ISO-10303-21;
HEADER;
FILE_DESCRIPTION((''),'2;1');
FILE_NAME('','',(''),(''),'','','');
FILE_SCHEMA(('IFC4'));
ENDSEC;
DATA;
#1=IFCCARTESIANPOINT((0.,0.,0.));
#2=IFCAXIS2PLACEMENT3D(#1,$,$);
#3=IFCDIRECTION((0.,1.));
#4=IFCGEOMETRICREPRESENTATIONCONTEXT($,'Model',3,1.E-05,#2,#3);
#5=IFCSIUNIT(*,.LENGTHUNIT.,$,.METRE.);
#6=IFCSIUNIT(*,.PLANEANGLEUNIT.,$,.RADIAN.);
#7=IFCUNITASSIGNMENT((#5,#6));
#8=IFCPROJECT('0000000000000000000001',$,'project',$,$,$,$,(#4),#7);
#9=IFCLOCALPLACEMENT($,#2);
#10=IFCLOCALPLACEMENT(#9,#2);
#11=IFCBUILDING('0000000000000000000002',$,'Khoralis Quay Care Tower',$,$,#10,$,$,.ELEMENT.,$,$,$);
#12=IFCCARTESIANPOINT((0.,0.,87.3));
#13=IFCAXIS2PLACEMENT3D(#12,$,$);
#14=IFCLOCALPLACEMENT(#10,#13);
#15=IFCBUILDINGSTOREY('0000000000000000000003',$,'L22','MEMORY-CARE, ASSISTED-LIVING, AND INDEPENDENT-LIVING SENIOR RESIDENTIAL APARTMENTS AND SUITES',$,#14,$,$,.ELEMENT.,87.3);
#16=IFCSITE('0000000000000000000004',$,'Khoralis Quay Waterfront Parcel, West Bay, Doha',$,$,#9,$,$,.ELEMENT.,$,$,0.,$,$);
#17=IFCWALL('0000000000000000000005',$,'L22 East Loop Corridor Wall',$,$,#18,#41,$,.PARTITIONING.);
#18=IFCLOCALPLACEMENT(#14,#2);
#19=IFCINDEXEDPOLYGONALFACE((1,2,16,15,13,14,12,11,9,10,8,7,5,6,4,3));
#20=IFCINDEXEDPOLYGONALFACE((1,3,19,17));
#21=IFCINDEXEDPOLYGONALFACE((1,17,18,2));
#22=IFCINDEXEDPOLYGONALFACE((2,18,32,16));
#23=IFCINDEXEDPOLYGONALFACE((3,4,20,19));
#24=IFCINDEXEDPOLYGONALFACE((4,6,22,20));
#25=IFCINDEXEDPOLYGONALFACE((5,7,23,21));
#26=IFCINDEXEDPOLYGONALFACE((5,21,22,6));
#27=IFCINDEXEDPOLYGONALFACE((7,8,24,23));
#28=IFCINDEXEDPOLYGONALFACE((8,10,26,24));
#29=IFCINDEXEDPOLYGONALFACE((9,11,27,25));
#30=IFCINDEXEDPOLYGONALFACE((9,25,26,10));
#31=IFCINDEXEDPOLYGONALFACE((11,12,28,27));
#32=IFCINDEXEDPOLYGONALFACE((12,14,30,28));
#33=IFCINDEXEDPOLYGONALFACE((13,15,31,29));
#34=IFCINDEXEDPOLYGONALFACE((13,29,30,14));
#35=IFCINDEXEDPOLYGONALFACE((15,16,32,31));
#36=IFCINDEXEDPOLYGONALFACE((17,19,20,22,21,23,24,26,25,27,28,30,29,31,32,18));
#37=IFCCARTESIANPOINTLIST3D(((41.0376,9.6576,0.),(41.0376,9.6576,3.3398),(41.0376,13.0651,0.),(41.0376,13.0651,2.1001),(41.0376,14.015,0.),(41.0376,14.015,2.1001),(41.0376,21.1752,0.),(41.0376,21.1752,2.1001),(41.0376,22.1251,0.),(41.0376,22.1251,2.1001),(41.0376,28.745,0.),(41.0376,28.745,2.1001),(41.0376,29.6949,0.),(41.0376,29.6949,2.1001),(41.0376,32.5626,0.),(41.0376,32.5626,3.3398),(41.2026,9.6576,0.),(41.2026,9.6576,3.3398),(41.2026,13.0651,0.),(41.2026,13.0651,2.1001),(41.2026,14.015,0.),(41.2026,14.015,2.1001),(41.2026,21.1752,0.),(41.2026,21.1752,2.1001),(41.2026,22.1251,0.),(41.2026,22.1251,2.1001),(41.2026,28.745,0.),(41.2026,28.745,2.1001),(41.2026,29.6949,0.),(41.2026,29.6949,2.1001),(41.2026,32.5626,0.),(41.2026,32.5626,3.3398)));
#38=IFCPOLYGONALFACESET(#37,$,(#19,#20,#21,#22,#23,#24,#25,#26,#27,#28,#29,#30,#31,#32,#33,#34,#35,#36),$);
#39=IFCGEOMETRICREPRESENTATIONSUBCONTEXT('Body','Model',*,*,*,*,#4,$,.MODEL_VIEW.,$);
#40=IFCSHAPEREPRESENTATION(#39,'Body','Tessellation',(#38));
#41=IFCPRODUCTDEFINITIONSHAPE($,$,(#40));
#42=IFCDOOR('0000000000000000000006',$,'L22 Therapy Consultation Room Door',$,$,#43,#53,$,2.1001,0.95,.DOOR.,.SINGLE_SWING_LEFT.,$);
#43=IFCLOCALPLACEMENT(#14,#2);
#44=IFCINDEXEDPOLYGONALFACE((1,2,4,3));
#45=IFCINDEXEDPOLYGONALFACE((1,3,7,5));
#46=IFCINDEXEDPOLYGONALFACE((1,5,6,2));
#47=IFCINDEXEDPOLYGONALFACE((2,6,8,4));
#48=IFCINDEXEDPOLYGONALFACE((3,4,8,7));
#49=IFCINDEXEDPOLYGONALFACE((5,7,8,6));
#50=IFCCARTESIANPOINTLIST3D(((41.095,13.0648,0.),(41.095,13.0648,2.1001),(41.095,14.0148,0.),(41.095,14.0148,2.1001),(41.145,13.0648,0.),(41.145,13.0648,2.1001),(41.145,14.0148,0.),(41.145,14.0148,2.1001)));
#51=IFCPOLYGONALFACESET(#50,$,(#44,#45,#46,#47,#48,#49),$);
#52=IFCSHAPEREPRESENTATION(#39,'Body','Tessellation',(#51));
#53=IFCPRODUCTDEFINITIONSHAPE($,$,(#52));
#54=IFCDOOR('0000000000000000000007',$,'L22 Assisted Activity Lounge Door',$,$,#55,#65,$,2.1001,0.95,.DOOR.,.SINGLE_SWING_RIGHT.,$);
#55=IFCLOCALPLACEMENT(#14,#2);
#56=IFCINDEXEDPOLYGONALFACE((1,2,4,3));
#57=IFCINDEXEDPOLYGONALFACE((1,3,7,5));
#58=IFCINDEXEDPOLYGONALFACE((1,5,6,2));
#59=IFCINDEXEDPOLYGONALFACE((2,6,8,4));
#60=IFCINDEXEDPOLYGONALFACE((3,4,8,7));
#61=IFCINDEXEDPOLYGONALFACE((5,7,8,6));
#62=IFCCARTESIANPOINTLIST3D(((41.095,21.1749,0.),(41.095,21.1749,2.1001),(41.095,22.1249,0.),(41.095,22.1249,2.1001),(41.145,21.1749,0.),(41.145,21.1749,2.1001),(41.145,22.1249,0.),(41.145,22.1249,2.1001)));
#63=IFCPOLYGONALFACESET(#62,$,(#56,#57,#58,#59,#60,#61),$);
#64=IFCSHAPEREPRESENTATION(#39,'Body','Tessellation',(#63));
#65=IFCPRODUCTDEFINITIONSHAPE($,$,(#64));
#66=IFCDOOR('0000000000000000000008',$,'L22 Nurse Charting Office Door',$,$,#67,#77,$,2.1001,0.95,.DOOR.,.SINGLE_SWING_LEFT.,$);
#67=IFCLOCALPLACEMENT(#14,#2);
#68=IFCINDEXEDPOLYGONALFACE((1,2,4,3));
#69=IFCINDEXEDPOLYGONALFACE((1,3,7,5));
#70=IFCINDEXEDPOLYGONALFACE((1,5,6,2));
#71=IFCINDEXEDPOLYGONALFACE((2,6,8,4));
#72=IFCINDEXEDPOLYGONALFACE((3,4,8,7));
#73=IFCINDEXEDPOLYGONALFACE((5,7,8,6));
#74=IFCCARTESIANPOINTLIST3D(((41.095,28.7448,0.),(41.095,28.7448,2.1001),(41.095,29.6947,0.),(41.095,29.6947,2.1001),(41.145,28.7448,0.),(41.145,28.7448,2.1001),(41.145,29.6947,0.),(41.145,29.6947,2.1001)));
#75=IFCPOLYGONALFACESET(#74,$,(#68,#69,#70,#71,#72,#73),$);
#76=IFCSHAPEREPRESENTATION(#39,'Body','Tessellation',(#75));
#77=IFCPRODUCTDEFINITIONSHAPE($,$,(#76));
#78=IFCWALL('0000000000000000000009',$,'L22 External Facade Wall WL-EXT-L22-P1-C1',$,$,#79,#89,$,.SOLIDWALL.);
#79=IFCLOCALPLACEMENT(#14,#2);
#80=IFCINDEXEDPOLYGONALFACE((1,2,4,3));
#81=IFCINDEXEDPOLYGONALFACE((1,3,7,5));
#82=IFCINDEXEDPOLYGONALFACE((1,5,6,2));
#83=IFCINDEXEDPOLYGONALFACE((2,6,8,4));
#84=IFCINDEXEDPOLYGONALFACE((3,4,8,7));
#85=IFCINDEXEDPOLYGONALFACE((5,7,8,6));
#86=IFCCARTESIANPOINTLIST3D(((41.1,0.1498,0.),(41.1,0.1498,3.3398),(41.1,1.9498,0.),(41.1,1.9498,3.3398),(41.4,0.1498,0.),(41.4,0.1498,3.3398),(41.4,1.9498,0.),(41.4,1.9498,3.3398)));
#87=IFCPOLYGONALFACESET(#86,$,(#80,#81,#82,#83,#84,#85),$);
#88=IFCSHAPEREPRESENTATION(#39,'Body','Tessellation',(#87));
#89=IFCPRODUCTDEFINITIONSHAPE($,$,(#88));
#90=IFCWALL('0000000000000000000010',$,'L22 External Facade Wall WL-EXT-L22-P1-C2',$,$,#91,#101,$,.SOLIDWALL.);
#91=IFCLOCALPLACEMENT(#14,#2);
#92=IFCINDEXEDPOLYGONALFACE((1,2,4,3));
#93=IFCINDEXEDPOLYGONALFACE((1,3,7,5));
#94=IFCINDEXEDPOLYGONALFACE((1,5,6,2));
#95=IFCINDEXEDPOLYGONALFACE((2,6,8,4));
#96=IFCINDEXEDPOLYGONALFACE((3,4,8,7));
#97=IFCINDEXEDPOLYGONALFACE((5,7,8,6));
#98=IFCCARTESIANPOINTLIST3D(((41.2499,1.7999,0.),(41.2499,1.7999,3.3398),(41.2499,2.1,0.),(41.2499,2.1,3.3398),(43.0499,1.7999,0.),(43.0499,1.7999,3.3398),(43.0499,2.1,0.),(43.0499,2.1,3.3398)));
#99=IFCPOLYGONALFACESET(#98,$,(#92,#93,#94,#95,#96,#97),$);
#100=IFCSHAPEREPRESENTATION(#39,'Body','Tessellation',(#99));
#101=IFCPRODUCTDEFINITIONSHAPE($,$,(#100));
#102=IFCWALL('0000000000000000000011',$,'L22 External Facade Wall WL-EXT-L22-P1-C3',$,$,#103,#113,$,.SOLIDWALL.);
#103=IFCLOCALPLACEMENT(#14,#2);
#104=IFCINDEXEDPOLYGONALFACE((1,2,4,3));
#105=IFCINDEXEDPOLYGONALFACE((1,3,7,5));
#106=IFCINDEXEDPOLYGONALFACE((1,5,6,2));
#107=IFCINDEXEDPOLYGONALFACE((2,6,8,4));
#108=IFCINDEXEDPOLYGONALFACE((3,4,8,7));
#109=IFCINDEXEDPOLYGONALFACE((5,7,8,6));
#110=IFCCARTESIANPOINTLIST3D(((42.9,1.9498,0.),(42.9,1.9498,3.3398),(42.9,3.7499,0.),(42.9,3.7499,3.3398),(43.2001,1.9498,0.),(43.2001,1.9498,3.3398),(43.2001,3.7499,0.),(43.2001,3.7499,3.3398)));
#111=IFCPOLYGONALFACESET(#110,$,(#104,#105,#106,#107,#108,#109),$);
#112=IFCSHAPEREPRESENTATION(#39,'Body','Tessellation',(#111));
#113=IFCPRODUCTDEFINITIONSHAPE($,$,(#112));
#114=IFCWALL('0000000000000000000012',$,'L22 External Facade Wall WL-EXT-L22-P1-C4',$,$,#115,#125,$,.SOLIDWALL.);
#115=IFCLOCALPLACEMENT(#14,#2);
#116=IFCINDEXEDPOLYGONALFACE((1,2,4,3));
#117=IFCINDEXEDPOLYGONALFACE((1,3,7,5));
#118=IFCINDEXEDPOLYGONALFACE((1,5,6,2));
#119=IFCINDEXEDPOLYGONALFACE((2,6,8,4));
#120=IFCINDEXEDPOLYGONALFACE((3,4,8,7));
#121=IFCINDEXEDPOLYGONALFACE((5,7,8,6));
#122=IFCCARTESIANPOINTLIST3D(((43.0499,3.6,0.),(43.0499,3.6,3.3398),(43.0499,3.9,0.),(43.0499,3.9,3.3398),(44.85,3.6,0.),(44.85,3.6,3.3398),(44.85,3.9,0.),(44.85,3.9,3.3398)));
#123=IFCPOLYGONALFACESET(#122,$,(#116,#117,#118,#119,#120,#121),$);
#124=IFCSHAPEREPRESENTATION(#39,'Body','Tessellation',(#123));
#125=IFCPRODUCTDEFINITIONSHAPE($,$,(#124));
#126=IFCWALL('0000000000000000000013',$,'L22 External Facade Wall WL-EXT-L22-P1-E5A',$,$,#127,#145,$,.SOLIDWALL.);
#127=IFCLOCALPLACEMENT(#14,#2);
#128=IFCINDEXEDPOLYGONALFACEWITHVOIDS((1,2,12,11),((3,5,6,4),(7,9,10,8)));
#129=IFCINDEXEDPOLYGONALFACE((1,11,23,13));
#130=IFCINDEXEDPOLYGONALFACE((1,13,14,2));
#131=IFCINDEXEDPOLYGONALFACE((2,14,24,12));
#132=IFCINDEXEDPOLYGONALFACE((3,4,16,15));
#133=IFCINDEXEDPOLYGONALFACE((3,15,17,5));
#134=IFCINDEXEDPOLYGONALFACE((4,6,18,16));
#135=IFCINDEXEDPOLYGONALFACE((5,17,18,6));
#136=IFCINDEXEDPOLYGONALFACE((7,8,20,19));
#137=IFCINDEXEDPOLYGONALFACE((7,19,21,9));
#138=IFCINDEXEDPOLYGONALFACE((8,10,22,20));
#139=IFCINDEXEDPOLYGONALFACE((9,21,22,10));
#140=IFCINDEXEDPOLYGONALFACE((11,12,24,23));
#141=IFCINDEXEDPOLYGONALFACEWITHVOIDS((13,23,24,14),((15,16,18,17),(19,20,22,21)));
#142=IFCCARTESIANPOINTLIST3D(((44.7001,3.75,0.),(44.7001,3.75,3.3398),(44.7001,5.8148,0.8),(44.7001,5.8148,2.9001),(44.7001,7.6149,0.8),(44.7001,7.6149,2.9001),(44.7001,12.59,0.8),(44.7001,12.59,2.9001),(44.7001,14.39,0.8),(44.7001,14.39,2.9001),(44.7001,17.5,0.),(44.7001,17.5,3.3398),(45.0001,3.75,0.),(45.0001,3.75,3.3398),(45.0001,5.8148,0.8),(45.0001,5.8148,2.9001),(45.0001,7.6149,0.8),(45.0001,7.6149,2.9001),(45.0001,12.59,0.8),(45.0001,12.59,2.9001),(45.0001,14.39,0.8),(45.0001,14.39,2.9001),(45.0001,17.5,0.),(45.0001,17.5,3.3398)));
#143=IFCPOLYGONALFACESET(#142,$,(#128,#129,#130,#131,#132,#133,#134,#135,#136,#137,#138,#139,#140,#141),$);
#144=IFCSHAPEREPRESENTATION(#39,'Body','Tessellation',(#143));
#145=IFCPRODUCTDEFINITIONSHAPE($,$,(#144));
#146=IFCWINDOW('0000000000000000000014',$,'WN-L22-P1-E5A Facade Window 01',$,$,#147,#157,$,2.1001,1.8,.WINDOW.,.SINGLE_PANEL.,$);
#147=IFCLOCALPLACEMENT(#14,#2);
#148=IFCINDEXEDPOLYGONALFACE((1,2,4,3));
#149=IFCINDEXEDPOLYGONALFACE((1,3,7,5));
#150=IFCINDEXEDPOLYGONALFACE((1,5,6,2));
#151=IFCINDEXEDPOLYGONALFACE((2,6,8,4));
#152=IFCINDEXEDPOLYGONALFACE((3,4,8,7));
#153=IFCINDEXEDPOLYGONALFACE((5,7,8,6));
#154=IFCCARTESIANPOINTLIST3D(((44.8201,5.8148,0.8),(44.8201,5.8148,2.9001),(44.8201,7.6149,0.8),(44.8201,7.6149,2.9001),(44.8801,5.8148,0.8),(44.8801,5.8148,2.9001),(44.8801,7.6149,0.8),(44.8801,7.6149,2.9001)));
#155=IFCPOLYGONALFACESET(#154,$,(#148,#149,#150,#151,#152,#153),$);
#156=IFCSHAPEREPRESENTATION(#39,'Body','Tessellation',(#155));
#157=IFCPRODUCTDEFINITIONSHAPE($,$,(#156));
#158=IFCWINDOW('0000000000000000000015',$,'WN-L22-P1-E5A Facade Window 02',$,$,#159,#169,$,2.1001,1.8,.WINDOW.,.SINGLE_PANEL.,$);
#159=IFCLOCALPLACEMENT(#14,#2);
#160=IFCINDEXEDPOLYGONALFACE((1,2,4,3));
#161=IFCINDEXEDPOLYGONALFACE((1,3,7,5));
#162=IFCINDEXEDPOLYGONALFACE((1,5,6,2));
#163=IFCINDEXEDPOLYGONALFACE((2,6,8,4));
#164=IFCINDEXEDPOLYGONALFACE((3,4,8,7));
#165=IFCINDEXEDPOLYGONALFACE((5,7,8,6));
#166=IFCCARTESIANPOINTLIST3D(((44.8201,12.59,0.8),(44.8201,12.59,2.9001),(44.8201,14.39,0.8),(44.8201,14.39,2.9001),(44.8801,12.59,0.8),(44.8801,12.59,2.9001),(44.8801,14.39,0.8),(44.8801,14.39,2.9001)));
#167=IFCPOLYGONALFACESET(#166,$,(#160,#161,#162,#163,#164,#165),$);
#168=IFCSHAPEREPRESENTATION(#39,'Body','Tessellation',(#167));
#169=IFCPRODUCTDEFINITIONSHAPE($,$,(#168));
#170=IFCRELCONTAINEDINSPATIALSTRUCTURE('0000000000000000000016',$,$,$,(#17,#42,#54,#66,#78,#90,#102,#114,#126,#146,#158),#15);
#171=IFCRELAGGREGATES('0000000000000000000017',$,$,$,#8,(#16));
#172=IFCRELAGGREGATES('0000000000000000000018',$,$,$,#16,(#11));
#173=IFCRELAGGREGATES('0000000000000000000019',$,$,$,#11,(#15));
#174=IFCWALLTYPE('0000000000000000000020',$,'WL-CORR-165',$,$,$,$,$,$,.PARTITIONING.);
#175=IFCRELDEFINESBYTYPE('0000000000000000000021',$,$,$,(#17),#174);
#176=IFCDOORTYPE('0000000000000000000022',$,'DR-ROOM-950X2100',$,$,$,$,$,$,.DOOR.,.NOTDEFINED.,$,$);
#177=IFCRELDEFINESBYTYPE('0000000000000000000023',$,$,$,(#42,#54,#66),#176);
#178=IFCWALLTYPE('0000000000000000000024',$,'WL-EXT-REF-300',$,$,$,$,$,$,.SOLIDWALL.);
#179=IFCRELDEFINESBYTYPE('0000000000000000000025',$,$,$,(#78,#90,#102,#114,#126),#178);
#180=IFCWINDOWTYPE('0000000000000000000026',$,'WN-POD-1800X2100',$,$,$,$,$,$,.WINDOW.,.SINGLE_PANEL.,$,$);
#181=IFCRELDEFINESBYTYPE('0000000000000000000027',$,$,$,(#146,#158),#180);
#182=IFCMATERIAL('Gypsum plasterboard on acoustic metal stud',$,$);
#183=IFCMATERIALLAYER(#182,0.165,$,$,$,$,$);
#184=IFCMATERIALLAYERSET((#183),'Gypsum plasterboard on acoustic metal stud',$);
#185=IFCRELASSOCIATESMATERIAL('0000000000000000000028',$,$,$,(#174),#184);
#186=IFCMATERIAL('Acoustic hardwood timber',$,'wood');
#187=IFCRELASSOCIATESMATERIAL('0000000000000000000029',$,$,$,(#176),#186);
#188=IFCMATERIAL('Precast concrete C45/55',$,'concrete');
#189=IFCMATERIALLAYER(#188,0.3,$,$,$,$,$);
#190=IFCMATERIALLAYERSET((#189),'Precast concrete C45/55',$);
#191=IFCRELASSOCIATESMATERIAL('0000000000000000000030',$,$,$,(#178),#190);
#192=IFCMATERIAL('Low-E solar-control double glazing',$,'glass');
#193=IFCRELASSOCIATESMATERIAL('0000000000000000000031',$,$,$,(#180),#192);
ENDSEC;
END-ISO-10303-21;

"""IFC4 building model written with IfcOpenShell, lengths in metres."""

from ifc_helpers import new_model, si_unit, direction, frame, frame_2d, origin, place, context, subcontext, project, spatial, rectangle, extrude, source, transform, mapped, material, layer, layer_set, type_object, element, fill, save


model = new_model("IFC4")

# Units and contexts
model_context = context("Model", 3, precision=1e-05, world=origin(), true_north=direction((0.0, 1.0)))
body_context = subcontext(model_context, "Body", "Model", "MODEL_VIEW")
ifc_project = project(units=[si_unit("LENGTHUNIT", "METRE"), si_unit("PLANEANGLEUNIT", "RADIAN")], contexts=[model_context])

# Site, building, storey
site_placement = place(None, origin())
site = spatial("IfcSite", under=ifc_project, at=site_placement, Name="Khoralis Quay Waterfront Parcel, West Bay, Doha", CompositionType="ELEMENT", RefElevation=0.0)
building_placement = place(site_placement, origin())
building = spatial("IfcBuilding", under=site, at=building_placement, Name="Khoralis Quay Care Tower", CompositionType="ELEMENT")
storey_placement = place(building_placement, frame((0.0, 0.0, 87.3)))
storey = spatial("IfcBuildingStorey", under=building, at=storey_placement, Name="L22", Description="MEMORY-CARE, ASSISTED-LIVING, AND INDEPENDENT-LIVING SENIOR RESIDENTIAL APARTMENTS AND SUITES", CompositionType="ELEMENT", Elevation=87.3)

# Shared definitions
ifc_material_1 = material(Name="Gypsum plasterboard on acoustic metal stud")

# Wall, openings, doors
ifc_layer_1 = layer(ifc_material_1, 0.165)
ifc_layer_set_1 = layer_set([ifc_layer_1], Name="Gypsum plasterboard on acoustic metal stud")
wall_type_1 = type_object("IfcWallType", Name="WL-CORR-165", PredefinedType="PARTITIONING", material=ifc_layer_set_1)
wall_1_placement = place(storey_placement, frame((41.1201, 9.6575, 0.0), z_axis=(0.0, 0.0, 1.0), x_axis=(0.0, 1.0, 0.0)))
wall_1 = element("IfcWall", 1, at=wall_1_placement, inside=storey, type_object=wall_type_1, Name="L22 East Loop Corridor Wall", PredefinedType="PARTITIONING", context=body_context, shape_type="SweptSolid", body=[
    extrude(rectangle(XDim=22.905, YDim=0.165, at=frame_2d((11.4526, 0.0))), origin(), (0.0, 0.0, 1.0), 3.3398),
])
opening_1_placement = place(wall_1_placement, frame((3.4075, 0.0, 0.0)))
opening_1 = element("IfcOpeningElement", 2, at=opening_1_placement, cuts=wall_1, PredefinedType="OPENING", context=body_context, shape_type="SweptSolid", body=[
    extrude(rectangle(XDim=0.95, YDim=2.1001, at=frame_2d((0.4751, 1.05))), frame((0.0, 0.0925, 0.0), z_axis=(0.0, -1.0, 0.0), x_axis=(1.0, 0.0, 0.0)), (0.0, 0.0, 1.0), 0.1851),
])
opening_2_placement = place(wall_1_placement, frame((11.5176, 0.0, 0.0)))
opening_2 = element("IfcOpeningElement", 3, at=opening_2_placement, cuts=wall_1, PredefinedType="OPENING", context=body_context, shape_type="SweptSolid", body=[
    extrude(rectangle(XDim=0.95, YDim=2.1001, at=frame_2d((0.4751, 1.05))), frame((0.0, 0.0925, 0.0), z_axis=(0.0, -1.0, 0.0), x_axis=(1.0, 0.0, 0.0)), (0.0, 0.0, 1.0), 0.1851),
])
opening_3_placement = place(wall_1_placement, frame((19.0874, 0.0, 0.0)))
opening_3 = element("IfcOpeningElement", 4, at=opening_3_placement, cuts=wall_1, PredefinedType="OPENING", context=body_context, shape_type="SweptSolid", body=[
    extrude(rectangle(XDim=0.95, YDim=2.1001, at=frame_2d((0.4751, 1.05))), frame((0.0, 0.0925, 0.0), z_axis=(0.0, -1.0, 0.0), x_axis=(1.0, 0.0, 0.0)), (0.0, 0.0, 1.0), 0.1851),
])
ifc_material_2 = material(Name="Acoustic hardwood timber", Category="wood")
door_type_1 = type_object("IfcDoorType", Name="DR-ROOM-950X2100", OperationType="NOTDEFINED", PredefinedType="DOOR", material=ifc_material_2)
shared_shape_1 = source(origin(), body_context, "Body", "SweptSolid", [
    extrude(rectangle(XDim=0.95, YDim=2.1001, at=frame_2d((0.4751, 1.05))), frame((0.0, 0.0249, 0.0), z_axis=(0.0, -1.0, 0.0), x_axis=(1.0, 0.0, 0.0)), (0.0, 0.0, 1.0), 0.05),
])
door_1_placement = place(opening_1_placement, frame((0.95, 0.0, 0.0), z_axis=(0.0, 0.0, 1.0), x_axis=(-1.0, 0.0, 0.0)))
door_1 = element("IfcDoor", 5, at=door_1_placement, inside=storey, type_object=door_type_1, Name="L22 Therapy Consultation Room Door", OperationType="SINGLE_SWING_LEFT", OverallHeight=2.1001, OverallWidth=0.95, PredefinedType="DOOR", context=body_context, shape_type="MappedRepresentation", body=[
    mapped(shared_shape_1, transform((0.0, 0.0, 0.0), scale=1.0)),
])
fill(opening_1, door_1)
door_2_placement = place(opening_2_placement, frame((0.95, 0.0, 0.0), z_axis=(0.0, 0.0, 1.0), x_axis=(-1.0, 0.0, 0.0)))
door_2 = element("IfcDoor", 6, at=door_2_placement, inside=storey, type_object=door_type_1, Name="L22 Assisted Activity Lounge Door", OperationType="SINGLE_SWING_RIGHT", OverallHeight=2.1001, OverallWidth=0.95, PredefinedType="DOOR", context=body_context, shape_type="MappedRepresentation", body=[
    mapped(shared_shape_1, transform((0.0, 0.0, 0.0), scale=1.0)),
])
fill(opening_2, door_2)
door_3_placement = place(opening_3_placement, frame((0.95, 0.0, 0.0), z_axis=(0.0, 0.0, 1.0), x_axis=(-1.0, 0.0, 0.0)))
door_3 = element("IfcDoor", 7, at=door_3_placement, inside=storey, type_object=door_type_1, Name="L22 Nurse Charting Office Door", OperationType="SINGLE_SWING_LEFT", OverallHeight=2.1001, OverallWidth=0.95, PredefinedType="DOOR", context=body_context, shape_type="MappedRepresentation", body=[
    mapped(shared_shape_1, transform((0.0, 0.0, 0.0), scale=1.0)),
])
fill(opening_3, door_3)

# Walls
ifc_material_3 = material(Name="Precast concrete C45/55", Category="concrete")
ifc_layer_2 = layer(ifc_material_3, 0.3)
ifc_layer_set_2 = layer_set([ifc_layer_2], Name="Precast concrete C45/55")
wall_type_2 = type_object("IfcWallType", Name="WL-EXT-REF-300", PredefinedType="SOLIDWALL", material=ifc_layer_set_2)
for number, where, z_axis, x_axis, name in (
    (8, (41.25, 0.1499, 0.0), (0.0, 0.0, 1.0), (0.0, 1.0, 0.0), "L22 External Facade Wall WL-EXT-L22-P1-C1"),
    (9, (41.25, 1.95, 0.0), (0.0, 0.0, 1.0), (1.0, 0.0, 0.0), "L22 External Facade Wall WL-EXT-L22-P1-C2"),
    (10, (43.05, 1.95, 0.0), (0.0, 0.0, 1.0), (0.0, 1.0, 0.0), "L22 External Facade Wall WL-EXT-L22-P1-C3"),
    (11, (43.05, 3.75, 0.0), (0.0, 0.0, 1.0), (1.0, 0.0, 0.0), "L22 External Facade Wall WL-EXT-L22-P1-C4"),
):
    element("IfcWall", number, at=place(storey_placement, frame(where, z_axis=z_axis, x_axis=x_axis)), inside=storey, type_object=wall_type_2, Name=name, PredefinedType="SOLIDWALL", context=body_context, shape_type="SweptSolid", body=[
        extrude(rectangle(XDim=1.8, YDim=0.3, at=frame_2d((0.8999, 0.0))), origin(), (0.0, 0.0, 1.0), 3.3398),
    ])

# Wall, openings, windows
wall_2_placement = place(storey_placement, frame((44.8501, 3.75, 0.0), z_axis=(0.0, 0.0, 1.0), x_axis=(0.0, 1.0, 0.0)))
wall_2 = element("IfcWall", 12, at=wall_2_placement, inside=storey, type_object=wall_type_2, Name="L22 External Facade Wall WL-EXT-L22-P1-E5A", PredefinedType="SOLIDWALL", context=body_context, shape_type="SweptSolid", body=[
    extrude(rectangle(XDim=13.75, YDim=0.3, at=frame_2d((6.875, 0.0))), origin(), (0.0, 0.0, 1.0), 3.3398),
])
opening_4_placement = place(wall_2_placement, frame((2.0649, 0.0, 0.8)))
opening_4 = element("IfcOpeningElement", 13, at=opening_4_placement, cuts=wall_2, PredefinedType="OPENING", context=body_context, shape_type="SweptSolid", body=[
    extrude(rectangle(XDim=1.8, YDim=2.1001, at=frame_2d((0.8999, 1.05))), frame((0.0, 0.1602, 0.0), z_axis=(0.0, -1.0, 0.0), x_axis=(1.0, 0.0, 0.0)), (0.0, 0.0, 1.0), 0.3201),
])
opening_5_placement = place(wall_2_placement, frame((8.8401, 0.0, 0.8)))
opening_5 = element("IfcOpeningElement", 14, at=opening_5_placement, cuts=wall_2, PredefinedType="OPENING", context=body_context, shape_type="SweptSolid", body=[
    extrude(rectangle(XDim=1.8, YDim=2.1001, at=frame_2d((0.8999, 1.05))), frame((0.0, 0.1602, 0.0), z_axis=(0.0, -1.0, 0.0), x_axis=(1.0, 0.0, 0.0)), (0.0, 0.0, 1.0), 0.3201),
])
ifc_material_4 = material(Name="Low-E solar-control double glazing", Category="glass")
window_type = type_object("IfcWindowType", Name="WN-POD-1800X2100", PartitioningType="SINGLE_PANEL", PredefinedType="WINDOW", material=ifc_material_4)
shared_shape_2 = source(origin(), body_context, "Body", "SweptSolid", [
    extrude(rectangle(XDim=1.8, YDim=2.1001, at=frame_2d((0.8999, 1.05))), frame((0.0, 0.03, 0.0), z_axis=(0.0, -1.0, 0.0), x_axis=(1.0, 0.0, 0.0)), (0.0, 0.0, 1.0), 0.0601),
])
window_1_placement = place(opening_4_placement, origin())
window_1 = element("IfcWindow", 15, at=window_1_placement, inside=storey, type_object=window_type, Name="WN-L22-P1-E5A Facade Window 01", OverallHeight=2.1001, OverallWidth=1.8, PartitioningType="SINGLE_PANEL", PredefinedType="WINDOW", context=body_context, shape_type="MappedRepresentation", body=[
    mapped(shared_shape_2, transform((0.0, 0.0, 0.0), scale=1.0)),
])
fill(opening_4, window_1)
window_2_placement = place(opening_5_placement, origin())
window_2 = element("IfcWindow", 16, at=window_2_placement, inside=storey, type_object=window_type, Name="WN-L22-P1-E5A Facade Window 02", OverallHeight=2.1001, OverallWidth=1.8, PartitioningType="SINGLE_PANEL", PredefinedType="WINDOW", context=body_context, shape_type="MappedRepresentation", body=[
    mapped(shared_shape_2, transform((0.0, 0.0, 0.0), scale=1.0)),
])
fill(opening_5, window_2)

save(model, "model.ifc")
